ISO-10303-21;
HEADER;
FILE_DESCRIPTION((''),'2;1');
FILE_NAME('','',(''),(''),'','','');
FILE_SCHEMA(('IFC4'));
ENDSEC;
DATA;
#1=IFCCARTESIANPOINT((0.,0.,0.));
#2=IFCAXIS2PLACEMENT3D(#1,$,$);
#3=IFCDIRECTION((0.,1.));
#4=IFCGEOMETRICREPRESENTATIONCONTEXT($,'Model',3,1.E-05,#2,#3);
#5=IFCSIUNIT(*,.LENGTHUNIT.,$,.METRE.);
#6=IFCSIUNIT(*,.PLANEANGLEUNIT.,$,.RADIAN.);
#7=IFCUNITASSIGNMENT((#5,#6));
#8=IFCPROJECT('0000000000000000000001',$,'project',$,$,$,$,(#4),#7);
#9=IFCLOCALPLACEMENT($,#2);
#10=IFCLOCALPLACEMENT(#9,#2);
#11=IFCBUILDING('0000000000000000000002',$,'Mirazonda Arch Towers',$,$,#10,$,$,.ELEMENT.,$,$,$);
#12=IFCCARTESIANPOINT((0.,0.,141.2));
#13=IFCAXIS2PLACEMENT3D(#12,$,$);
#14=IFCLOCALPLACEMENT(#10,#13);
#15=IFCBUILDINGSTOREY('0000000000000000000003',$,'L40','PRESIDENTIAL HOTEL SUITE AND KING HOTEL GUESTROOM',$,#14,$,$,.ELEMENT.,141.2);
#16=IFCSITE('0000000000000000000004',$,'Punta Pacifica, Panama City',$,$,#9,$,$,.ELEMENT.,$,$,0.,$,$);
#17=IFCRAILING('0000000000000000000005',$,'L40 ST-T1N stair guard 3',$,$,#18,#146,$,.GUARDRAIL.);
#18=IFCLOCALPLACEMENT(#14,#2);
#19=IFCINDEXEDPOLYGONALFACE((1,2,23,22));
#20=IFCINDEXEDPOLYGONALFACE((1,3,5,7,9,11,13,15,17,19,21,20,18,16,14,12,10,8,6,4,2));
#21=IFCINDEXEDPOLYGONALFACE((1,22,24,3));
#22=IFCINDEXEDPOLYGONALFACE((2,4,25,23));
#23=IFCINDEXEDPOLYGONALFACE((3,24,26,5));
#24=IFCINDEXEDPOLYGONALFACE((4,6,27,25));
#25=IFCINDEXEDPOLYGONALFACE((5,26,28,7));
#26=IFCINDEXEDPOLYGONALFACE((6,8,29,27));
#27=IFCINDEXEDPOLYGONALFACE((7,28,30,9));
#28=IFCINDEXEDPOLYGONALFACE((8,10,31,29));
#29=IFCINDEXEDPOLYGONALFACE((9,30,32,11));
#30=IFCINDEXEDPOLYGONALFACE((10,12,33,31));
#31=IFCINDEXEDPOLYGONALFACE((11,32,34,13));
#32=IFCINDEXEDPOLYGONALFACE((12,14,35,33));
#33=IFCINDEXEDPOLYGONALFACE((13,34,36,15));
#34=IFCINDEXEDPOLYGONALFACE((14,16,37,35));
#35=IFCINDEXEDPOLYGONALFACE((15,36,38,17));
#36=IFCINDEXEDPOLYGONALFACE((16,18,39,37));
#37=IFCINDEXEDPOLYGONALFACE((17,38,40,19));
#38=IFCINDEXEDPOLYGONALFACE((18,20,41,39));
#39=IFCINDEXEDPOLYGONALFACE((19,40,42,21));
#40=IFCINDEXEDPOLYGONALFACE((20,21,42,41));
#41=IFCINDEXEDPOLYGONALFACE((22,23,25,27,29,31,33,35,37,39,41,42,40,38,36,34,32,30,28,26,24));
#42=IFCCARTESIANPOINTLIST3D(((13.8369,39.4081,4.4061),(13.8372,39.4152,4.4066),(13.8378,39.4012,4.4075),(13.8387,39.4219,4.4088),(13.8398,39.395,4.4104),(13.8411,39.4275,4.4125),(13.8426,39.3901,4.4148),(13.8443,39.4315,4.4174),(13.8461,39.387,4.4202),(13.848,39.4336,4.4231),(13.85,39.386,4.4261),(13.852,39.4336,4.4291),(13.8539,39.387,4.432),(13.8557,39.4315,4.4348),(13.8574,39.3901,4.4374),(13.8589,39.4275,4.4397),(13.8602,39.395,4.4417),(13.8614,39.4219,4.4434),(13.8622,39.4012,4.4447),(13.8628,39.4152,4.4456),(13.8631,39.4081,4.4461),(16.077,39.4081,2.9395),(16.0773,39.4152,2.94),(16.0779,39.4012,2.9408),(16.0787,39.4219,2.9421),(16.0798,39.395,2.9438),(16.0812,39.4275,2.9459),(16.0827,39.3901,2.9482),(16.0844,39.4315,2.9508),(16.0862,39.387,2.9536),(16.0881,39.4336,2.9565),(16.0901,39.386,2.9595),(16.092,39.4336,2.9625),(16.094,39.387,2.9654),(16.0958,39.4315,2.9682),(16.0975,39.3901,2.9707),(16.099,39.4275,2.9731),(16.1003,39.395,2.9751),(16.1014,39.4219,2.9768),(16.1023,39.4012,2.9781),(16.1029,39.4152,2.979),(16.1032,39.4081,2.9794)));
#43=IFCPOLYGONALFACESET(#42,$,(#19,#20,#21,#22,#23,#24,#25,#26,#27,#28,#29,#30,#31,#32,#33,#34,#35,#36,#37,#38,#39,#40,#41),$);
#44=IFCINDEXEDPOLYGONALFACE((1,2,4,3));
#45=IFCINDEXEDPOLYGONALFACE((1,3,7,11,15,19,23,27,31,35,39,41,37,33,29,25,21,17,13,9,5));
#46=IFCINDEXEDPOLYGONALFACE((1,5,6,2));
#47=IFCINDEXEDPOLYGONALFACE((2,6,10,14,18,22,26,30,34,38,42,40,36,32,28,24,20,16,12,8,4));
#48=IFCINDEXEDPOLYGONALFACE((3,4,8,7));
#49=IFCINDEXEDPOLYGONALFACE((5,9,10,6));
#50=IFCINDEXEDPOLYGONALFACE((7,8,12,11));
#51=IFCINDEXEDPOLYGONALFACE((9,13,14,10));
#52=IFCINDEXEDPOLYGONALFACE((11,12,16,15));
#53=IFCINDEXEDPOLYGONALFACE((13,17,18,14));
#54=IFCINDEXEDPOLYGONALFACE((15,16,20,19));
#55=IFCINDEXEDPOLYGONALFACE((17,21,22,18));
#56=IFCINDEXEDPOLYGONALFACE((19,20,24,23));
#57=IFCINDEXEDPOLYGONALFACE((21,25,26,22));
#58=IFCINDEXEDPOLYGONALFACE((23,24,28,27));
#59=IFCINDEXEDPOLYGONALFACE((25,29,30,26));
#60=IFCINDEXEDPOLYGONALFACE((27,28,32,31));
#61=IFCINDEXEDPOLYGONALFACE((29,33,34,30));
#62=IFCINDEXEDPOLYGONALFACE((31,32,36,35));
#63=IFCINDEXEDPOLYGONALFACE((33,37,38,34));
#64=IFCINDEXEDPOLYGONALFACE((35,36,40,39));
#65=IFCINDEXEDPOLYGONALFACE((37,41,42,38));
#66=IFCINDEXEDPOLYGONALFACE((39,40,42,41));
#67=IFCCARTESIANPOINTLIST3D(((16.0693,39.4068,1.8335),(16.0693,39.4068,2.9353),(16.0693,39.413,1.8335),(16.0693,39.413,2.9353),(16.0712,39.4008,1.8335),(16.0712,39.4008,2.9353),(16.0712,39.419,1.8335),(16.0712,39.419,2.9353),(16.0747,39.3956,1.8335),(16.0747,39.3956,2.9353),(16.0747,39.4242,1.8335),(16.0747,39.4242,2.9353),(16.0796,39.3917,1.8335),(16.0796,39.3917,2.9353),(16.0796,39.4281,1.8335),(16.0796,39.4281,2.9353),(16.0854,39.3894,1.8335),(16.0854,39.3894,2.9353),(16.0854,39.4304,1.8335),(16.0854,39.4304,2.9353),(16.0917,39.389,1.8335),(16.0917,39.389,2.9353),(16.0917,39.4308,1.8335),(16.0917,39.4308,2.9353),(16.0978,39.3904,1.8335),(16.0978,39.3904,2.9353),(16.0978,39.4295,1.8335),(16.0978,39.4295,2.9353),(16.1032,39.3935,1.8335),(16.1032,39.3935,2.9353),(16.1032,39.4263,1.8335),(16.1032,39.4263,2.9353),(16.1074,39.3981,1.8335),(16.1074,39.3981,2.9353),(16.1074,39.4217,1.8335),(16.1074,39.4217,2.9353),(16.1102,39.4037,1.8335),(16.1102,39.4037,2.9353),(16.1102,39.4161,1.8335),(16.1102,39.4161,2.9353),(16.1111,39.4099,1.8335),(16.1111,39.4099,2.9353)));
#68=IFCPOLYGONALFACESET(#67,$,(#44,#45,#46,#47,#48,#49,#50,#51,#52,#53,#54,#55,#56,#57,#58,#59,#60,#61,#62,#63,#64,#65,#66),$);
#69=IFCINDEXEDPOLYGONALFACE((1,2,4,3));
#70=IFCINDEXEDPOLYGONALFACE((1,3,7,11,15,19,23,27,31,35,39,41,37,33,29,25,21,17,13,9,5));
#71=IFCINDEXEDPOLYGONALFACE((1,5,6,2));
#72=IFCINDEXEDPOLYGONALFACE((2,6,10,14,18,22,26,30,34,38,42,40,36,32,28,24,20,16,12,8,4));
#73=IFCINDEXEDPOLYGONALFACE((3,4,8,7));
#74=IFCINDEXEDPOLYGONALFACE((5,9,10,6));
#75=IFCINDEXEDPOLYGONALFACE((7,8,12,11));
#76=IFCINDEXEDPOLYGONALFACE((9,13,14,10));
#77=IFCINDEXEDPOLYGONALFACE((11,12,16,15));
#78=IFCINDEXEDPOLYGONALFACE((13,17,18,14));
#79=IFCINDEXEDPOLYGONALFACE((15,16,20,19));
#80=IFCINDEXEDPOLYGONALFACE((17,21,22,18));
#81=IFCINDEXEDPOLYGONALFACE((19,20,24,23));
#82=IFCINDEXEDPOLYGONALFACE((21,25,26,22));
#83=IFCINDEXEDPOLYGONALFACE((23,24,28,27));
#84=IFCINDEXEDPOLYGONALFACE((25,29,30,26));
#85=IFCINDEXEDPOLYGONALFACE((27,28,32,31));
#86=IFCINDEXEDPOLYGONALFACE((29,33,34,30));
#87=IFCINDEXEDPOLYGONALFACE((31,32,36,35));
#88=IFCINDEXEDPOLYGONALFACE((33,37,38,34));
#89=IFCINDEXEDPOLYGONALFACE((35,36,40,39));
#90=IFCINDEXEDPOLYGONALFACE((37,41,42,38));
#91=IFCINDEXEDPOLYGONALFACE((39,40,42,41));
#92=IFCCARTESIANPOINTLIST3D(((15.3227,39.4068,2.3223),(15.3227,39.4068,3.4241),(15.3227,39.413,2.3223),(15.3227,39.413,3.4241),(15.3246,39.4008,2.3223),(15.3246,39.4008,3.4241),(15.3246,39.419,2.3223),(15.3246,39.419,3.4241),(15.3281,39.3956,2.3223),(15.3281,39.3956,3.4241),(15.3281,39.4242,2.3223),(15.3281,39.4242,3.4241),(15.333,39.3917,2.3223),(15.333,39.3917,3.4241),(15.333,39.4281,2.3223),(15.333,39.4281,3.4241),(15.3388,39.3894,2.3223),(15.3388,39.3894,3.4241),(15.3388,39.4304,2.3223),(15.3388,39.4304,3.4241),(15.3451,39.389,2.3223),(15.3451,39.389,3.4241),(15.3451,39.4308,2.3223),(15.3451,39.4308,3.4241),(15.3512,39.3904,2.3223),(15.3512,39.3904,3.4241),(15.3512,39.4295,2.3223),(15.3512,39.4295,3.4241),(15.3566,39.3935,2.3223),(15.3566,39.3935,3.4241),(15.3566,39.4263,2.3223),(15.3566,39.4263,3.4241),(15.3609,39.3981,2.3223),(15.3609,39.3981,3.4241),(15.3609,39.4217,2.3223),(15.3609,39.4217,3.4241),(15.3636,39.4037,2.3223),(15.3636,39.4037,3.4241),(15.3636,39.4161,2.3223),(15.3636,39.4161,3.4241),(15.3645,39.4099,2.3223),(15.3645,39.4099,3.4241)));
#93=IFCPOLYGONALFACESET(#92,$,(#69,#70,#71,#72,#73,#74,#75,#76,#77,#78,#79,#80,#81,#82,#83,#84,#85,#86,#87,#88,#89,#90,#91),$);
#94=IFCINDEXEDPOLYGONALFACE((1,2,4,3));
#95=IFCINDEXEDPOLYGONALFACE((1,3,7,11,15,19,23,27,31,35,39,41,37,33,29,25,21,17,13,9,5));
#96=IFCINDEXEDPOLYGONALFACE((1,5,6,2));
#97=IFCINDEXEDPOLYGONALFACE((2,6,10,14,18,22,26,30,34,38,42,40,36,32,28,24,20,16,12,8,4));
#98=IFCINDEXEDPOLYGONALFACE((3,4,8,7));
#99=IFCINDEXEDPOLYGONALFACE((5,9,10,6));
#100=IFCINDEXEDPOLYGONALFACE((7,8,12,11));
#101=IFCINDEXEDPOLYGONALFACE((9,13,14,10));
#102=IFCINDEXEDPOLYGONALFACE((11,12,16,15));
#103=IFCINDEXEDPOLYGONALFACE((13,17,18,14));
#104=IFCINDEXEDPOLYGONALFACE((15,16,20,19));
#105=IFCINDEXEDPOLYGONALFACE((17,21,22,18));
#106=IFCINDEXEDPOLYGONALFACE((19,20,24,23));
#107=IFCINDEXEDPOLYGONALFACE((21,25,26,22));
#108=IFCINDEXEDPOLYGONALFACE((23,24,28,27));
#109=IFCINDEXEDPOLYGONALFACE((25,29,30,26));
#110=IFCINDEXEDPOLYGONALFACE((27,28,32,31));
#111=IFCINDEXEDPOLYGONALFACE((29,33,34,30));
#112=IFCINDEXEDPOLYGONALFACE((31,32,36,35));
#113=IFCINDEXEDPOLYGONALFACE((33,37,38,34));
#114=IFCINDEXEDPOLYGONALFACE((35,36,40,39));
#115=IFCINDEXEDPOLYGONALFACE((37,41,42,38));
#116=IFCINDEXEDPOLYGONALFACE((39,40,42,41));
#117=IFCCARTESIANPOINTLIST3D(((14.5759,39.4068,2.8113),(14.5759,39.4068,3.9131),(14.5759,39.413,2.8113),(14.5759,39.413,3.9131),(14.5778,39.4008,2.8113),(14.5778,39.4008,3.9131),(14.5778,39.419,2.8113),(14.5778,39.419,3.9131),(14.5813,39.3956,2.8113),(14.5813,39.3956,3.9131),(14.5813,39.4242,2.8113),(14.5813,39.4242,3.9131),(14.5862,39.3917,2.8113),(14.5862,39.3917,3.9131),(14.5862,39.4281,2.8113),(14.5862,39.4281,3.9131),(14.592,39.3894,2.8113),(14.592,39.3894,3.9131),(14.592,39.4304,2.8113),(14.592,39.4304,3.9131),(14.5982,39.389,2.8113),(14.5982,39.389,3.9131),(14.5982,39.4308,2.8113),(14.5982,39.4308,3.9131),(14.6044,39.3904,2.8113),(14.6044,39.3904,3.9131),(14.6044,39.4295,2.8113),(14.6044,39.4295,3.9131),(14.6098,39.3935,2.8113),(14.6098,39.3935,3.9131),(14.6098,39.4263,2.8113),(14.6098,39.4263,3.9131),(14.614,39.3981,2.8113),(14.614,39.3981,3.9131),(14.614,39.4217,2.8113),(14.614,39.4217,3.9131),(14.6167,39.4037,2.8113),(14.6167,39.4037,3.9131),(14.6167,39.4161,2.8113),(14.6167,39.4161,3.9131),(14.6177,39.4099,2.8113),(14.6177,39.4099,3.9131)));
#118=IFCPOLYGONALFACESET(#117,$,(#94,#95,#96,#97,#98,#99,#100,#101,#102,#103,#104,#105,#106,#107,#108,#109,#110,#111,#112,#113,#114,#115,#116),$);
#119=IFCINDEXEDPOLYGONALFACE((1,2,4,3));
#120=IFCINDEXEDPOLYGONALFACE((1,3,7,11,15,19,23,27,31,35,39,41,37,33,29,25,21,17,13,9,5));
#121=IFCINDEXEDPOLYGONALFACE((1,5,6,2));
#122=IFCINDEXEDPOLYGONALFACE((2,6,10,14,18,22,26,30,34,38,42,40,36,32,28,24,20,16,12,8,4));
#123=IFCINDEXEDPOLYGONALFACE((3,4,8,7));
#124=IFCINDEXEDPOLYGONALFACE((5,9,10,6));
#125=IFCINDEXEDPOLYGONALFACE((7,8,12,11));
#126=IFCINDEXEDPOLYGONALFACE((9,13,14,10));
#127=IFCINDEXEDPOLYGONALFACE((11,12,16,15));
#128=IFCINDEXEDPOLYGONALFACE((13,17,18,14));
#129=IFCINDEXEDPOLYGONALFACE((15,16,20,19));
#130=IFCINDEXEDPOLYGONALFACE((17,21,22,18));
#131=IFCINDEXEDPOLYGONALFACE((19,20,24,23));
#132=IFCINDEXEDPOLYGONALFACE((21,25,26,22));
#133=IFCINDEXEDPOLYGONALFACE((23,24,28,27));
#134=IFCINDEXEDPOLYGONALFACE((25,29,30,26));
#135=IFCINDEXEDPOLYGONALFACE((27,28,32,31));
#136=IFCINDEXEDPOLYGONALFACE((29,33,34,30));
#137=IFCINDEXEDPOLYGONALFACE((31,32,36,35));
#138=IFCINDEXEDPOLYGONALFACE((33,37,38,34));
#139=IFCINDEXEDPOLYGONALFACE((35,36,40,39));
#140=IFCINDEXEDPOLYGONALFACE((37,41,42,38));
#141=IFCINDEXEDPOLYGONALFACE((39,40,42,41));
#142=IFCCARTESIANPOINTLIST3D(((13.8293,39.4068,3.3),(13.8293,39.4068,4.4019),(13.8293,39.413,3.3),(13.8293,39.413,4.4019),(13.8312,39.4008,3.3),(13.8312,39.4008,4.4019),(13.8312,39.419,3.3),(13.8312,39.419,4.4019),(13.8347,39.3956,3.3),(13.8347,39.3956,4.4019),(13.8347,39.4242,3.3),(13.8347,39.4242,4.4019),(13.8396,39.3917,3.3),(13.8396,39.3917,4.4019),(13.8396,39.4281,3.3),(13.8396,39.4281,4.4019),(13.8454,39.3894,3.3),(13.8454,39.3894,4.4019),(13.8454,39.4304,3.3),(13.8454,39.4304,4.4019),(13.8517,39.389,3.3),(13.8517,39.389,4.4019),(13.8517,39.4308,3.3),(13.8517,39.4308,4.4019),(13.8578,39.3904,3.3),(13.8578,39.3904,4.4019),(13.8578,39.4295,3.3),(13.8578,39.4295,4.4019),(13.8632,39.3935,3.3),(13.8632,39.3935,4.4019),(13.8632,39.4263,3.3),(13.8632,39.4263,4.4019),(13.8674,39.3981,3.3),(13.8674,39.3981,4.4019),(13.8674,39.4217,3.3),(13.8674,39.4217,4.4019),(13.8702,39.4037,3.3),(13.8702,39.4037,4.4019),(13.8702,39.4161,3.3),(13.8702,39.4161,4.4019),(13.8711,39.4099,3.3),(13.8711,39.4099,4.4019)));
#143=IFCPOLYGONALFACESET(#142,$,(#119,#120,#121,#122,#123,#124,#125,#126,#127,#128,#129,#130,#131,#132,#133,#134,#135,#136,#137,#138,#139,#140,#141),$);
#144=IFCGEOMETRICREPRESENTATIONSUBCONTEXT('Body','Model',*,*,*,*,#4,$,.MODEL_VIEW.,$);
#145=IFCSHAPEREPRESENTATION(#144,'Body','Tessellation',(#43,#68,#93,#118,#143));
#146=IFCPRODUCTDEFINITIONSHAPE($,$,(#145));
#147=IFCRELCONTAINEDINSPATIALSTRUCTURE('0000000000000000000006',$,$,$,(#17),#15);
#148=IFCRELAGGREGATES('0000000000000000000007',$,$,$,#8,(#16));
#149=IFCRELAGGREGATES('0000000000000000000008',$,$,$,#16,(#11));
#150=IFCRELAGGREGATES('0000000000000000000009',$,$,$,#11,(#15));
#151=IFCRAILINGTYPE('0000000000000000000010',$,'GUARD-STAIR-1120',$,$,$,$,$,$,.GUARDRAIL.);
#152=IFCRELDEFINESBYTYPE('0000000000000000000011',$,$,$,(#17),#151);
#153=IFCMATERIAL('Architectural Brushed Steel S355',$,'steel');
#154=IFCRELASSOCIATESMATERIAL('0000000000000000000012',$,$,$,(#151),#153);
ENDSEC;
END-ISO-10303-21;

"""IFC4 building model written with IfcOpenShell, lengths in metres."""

from ifc_helpers import new_model, si_unit, direction, frame, origin, origin_2d, place, context, subcontext, project, spatial, circle, extrude, material, type_object, element, save


model = new_model("IFC4")

# Units and contexts
model_context = context("Model", 3, precision=1e-05, world=origin(), true_north=direction((0.0, 1.0)))
body_context = subcontext(model_context, "Body", "Model", "MODEL_VIEW")
ifc_project = project(units=[si_unit("LENGTHUNIT", "METRE"), si_unit("PLANEANGLEUNIT", "RADIAN")], contexts=[model_context])

# Site, building, storey
site_placement = place(None, origin())
site = spatial("IfcSite", under=ifc_project, at=site_placement, Name="Punta Pacifica, Panama City", CompositionType="ELEMENT", RefElevation=0.0)
building_placement = place(site_placement, origin())
building = spatial("IfcBuilding", under=site, at=building_placement, Name="Mirazonda Arch Towers", CompositionType="ELEMENT")
storey_placement = place(building_placement, frame((0.0, 0.0, 141.2)))
storey = spatial("IfcBuildingStorey", under=building, at=storey_placement, Name="L40", Description="PRESIDENTIAL HOTEL SUITE AND KING HOTEL GUESTROOM", CompositionType="ELEMENT", Elevation=141.2)

# Shared definitions
ifc_material_1 = material(Name="Architectural Brushed Steel S355", Category="steel")

# Railing
railing_type_1 = type_object("IfcRailingType", Name="GUARD-STAIR-1120", PredefinedType="GUARDRAIL", material=ifc_material_1)
railing_1_placement = place(storey_placement, frame((16.0901, 39.4099, 1.8335)))
element("IfcRailing", 1, at=railing_1_placement, inside=storey, type_object=railing_type_1, Name="L40 ST-T1N stair guard 3", PredefinedType="GUARDRAIL", context=body_context, shape_type="SweptSolid", body=[
    extrude(circle(Radius=0.0239, at=origin_2d()), frame((0.0, 0.0, 1.126), z_axis=(-0.836637, 0.0, 0.547758), x_axis=(0.0, -1.0, 0.0)), (0.0, 0.0, 1.0), 2.6775),
    extrude(circle(Radius=0.021, at=origin_2d()), origin(), (0.0, 0.0, 1.0), 1.1018),
    extrude(circle(Radius=0.021, at=origin_2d()), frame((-0.7466, 0.0, 0.4888)), (0.0, 0.0, 1.0), 1.1018),
    extrude(circle(Radius=0.021, at=origin_2d()), frame((-1.4934, 0.0, 0.9778)), (0.0, 0.0, 1.0), 1.1018),
    extrude(circle(Radius=0.021, at=origin_2d()), frame((-2.24, 0.0, 1.4666)), (0.0, 0.0, 1.0), 1.1018),
])

save(model, "model.ifc")
